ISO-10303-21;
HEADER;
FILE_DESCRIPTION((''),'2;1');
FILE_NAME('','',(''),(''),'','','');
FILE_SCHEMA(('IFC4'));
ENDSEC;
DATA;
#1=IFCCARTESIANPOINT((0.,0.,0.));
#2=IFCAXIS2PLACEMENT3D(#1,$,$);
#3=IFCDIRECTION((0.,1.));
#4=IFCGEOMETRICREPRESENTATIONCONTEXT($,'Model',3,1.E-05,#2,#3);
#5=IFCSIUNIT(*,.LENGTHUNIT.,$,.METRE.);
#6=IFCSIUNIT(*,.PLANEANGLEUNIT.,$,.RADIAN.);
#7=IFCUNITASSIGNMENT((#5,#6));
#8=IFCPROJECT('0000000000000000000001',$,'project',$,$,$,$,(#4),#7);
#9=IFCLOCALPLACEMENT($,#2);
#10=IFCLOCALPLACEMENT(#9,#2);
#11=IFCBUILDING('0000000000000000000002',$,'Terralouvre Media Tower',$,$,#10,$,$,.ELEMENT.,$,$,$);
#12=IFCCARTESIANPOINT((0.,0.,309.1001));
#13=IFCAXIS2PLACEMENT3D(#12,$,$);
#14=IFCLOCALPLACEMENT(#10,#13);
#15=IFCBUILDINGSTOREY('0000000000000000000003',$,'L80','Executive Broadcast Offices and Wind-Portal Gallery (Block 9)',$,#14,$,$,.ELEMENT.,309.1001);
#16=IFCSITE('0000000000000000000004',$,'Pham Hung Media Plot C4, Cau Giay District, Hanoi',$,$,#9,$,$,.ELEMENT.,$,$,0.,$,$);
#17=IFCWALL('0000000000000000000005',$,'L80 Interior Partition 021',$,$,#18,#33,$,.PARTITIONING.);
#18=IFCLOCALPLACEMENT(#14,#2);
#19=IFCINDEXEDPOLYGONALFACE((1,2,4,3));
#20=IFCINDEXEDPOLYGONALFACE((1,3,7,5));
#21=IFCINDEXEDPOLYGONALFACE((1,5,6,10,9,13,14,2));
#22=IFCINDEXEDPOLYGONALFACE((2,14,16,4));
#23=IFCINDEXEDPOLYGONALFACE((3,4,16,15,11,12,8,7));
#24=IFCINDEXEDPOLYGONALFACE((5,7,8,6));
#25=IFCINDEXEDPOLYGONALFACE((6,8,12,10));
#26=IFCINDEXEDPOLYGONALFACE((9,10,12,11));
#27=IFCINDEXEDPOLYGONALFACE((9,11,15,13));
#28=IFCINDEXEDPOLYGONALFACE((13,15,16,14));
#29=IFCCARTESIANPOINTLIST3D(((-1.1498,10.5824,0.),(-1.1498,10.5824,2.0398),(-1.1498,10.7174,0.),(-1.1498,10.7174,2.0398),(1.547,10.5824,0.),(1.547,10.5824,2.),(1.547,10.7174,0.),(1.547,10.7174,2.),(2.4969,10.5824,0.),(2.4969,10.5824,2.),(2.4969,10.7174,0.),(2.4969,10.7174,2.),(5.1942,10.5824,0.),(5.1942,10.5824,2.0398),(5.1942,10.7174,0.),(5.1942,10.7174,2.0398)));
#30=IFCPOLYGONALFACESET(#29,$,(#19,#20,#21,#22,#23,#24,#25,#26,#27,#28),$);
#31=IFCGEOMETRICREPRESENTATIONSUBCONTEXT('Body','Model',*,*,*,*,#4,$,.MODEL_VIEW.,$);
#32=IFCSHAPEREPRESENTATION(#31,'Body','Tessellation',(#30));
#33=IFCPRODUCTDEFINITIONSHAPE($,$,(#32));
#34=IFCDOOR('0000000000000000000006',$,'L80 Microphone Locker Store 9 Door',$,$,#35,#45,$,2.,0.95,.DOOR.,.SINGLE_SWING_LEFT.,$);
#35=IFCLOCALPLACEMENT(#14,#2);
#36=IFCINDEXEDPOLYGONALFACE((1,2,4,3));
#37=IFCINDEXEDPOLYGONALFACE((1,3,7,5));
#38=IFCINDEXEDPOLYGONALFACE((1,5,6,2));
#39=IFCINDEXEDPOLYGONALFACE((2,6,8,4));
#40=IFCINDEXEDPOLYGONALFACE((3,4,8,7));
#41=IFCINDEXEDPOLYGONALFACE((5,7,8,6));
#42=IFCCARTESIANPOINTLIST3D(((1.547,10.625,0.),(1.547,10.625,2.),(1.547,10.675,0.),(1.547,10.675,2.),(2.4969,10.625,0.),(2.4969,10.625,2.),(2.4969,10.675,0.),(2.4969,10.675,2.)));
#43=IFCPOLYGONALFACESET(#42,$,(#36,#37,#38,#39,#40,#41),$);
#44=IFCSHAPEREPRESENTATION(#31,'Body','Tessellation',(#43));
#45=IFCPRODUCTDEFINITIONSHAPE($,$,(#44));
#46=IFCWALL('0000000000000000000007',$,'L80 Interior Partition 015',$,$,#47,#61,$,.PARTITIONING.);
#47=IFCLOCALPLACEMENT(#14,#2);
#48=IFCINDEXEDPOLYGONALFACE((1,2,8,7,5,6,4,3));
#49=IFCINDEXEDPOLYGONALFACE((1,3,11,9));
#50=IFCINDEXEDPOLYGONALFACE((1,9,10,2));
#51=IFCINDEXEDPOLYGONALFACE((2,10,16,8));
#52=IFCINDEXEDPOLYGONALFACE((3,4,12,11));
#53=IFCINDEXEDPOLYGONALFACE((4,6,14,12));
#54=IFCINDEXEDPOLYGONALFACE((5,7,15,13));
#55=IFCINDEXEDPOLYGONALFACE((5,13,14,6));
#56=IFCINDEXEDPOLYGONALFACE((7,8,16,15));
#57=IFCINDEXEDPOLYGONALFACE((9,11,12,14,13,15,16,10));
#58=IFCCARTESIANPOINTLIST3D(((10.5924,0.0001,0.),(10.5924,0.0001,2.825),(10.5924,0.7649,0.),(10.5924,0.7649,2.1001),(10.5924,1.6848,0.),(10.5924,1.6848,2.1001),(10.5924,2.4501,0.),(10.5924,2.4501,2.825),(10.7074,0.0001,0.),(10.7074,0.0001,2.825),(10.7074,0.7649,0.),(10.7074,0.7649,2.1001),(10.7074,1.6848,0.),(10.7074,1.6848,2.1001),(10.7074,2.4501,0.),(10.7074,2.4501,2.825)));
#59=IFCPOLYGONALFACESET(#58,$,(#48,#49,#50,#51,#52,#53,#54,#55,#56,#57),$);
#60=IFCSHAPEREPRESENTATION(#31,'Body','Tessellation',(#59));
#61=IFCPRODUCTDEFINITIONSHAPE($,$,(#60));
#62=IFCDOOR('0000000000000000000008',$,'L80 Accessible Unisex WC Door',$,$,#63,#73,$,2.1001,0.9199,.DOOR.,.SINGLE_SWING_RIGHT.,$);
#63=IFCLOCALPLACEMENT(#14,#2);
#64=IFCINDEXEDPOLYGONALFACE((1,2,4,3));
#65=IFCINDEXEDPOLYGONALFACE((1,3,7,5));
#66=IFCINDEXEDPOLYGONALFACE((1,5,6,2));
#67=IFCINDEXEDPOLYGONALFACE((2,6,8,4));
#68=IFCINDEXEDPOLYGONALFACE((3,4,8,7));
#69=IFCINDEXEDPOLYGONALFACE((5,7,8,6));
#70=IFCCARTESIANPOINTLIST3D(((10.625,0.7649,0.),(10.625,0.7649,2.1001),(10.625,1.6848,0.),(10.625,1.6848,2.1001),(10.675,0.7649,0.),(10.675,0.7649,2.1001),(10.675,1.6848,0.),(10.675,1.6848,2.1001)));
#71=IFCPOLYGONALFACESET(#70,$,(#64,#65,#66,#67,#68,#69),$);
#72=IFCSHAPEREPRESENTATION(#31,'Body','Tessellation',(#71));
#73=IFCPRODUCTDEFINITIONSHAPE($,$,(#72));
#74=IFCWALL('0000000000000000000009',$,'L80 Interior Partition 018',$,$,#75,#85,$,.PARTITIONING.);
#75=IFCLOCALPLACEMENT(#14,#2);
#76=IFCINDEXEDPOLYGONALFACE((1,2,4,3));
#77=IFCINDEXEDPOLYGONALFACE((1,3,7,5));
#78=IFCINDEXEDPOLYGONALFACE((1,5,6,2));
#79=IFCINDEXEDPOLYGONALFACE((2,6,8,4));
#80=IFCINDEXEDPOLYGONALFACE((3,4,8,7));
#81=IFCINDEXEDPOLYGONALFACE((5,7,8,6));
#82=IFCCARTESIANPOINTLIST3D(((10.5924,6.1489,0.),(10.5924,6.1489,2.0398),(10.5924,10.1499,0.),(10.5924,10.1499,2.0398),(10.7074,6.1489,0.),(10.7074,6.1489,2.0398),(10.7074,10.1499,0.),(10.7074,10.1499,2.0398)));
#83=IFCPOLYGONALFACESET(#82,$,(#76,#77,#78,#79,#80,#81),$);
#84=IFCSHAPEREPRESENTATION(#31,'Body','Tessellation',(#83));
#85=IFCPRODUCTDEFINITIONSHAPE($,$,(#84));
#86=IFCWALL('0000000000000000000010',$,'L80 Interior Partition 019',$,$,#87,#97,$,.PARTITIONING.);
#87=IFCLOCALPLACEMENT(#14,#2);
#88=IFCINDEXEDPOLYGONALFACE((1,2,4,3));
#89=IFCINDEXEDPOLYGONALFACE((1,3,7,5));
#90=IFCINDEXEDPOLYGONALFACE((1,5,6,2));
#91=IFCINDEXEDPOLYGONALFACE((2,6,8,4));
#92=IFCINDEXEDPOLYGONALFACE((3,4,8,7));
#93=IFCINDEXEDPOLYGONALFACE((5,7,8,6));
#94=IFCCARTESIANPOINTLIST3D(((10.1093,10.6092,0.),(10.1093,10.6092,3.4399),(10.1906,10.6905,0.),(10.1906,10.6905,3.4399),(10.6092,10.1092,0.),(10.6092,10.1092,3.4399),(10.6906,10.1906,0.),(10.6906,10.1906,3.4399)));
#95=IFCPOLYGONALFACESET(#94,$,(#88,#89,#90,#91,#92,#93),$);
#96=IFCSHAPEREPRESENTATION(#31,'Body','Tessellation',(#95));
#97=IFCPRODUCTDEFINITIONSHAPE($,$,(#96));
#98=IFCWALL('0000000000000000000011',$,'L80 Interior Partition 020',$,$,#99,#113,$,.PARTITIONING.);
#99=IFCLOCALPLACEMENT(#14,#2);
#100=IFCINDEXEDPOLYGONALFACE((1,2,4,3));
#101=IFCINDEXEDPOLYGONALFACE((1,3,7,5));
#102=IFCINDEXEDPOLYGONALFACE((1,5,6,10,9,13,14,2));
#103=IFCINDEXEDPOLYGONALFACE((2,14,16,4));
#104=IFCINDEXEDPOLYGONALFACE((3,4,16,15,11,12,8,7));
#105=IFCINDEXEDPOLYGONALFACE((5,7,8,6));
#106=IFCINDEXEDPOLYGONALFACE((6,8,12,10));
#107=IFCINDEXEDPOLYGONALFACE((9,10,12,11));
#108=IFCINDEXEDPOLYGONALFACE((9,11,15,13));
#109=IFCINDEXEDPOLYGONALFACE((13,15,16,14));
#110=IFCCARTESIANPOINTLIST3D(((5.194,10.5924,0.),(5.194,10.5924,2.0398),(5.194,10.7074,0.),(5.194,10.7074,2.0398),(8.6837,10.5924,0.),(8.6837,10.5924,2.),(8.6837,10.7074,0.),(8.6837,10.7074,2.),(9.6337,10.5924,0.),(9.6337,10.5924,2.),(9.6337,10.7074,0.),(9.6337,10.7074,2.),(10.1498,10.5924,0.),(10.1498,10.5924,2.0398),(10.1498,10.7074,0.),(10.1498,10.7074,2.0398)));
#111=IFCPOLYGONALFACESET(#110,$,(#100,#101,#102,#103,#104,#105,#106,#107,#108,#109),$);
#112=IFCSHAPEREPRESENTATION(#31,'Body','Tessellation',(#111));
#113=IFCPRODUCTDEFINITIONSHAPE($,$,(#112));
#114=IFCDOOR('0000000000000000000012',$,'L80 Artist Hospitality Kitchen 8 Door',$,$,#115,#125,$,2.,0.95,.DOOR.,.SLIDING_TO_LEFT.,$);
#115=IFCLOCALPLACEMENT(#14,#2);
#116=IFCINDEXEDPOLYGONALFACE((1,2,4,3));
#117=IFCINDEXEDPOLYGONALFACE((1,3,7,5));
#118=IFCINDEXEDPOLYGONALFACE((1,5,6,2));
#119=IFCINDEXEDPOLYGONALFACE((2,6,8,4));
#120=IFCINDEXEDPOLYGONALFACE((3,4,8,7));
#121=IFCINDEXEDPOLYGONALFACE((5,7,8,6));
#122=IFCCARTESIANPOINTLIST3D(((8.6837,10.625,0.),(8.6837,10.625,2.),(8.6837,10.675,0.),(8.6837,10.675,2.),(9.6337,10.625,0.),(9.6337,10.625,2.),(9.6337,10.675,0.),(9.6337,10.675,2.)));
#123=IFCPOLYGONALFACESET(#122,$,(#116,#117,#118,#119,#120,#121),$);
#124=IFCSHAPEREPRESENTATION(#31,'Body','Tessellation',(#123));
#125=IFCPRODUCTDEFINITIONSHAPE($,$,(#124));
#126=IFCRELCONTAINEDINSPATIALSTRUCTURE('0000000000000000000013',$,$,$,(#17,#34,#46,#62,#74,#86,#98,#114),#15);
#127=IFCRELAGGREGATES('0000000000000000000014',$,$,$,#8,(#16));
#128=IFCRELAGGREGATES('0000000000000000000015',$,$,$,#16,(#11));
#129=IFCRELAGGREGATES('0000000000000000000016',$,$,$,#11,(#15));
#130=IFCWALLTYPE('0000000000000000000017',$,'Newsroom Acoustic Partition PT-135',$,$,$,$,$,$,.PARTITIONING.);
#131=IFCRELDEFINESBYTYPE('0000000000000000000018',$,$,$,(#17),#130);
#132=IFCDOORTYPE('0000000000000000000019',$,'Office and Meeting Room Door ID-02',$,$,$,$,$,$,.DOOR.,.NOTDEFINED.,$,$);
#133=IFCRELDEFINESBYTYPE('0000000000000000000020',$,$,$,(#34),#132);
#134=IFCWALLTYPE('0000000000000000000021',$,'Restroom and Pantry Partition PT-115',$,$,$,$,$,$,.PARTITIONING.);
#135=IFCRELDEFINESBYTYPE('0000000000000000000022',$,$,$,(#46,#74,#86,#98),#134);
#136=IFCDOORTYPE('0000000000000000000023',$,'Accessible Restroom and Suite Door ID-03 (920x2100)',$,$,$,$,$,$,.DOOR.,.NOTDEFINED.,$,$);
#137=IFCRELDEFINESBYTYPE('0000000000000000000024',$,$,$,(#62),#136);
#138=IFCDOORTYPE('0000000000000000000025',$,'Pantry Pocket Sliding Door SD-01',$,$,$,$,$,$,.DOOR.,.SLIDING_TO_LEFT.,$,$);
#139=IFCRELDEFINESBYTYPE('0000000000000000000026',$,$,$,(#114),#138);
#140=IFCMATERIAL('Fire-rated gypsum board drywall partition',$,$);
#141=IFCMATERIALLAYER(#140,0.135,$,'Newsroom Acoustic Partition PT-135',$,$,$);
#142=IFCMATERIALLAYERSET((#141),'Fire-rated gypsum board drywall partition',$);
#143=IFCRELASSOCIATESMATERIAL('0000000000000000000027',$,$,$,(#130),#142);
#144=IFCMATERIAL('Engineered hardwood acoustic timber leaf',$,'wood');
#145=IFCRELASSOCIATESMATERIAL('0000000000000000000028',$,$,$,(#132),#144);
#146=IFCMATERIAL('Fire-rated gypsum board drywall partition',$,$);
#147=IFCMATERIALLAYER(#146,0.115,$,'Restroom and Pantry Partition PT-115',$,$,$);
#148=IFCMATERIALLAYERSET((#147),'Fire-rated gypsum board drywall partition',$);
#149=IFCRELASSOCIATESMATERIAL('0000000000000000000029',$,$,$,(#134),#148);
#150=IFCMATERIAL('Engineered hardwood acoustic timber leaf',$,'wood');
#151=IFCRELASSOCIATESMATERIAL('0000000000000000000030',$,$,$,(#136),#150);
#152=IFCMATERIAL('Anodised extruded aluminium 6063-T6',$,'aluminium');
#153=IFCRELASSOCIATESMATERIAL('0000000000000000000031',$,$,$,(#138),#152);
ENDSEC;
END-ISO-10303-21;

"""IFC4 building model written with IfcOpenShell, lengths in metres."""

from ifc_helpers import new_model, si_unit, direction, frame, frame_2d, origin, place, context, subcontext, project, spatial, rectangle, extrude, material, layer, layer_set, type_object, element, fill, save


model = new_model("IFC4")

# Units and contexts
model_context = context("Model", 3, precision=1e-05, world=origin(), true_north=direction((0.0, 1.0)))
body_context = subcontext(model_context, "Body", "Model", "MODEL_VIEW")
ifc_project = project(units=[si_unit("LENGTHUNIT", "METRE"), si_unit("PLANEANGLEUNIT", "RADIAN")], contexts=[model_context])

# Site, building, storey
site_placement = place(None, origin())
site = spatial("IfcSite", under=ifc_project, at=site_placement, Name="Pham Hung Media Plot C4, Cau Giay District, Hanoi", CompositionType="ELEMENT", RefElevation=0.0)
building_placement = place(site_placement, origin())
building = spatial("IfcBuilding", under=site, at=building_placement, Name="Terralouvre Media Tower", CompositionType="ELEMENT")
storey_placement = place(building_placement, frame((0.0, 0.0, 309.1001)))
storey = spatial("IfcBuildingStorey", under=building, at=storey_placement, Name="L80", Description="Executive Broadcast Offices and Wind-Portal Gallery (Block 9)", CompositionType="ELEMENT", Elevation=309.1001)

# Walls, openings, doors
ifc_material_1 = material(Name="Fire-rated gypsum board drywall partition")
ifc_layer_1 = layer(ifc_material_1, 0.135, Name="Newsroom Acoustic Partition PT-135")
ifc_layer_set_1 = layer_set([ifc_layer_1], Name="Fire-rated gypsum board drywall partition")
wall_type_1 = type_object("IfcWallType", Name="Newsroom Acoustic Partition PT-135", PredefinedType="PARTITIONING", material=ifc_layer_set_1)
ifc_material_2 = material(Name="Engineered hardwood acoustic timber leaf", Category="wood")
door_type_1 = type_object("IfcDoorType", Name="Office and Meeting Room Door ID-02", OperationType="NOTDEFINED", PredefinedType="DOOR", material=ifc_material_2)
wall_1_placement = place(storey_placement, frame((5.1941, 10.6499, 0.0), z_axis=(0.0, 0.0, 1.0), x_axis=(-1.0, 0.0, 0.0)))
wall_1 = element("IfcWall", 1, at=wall_1_placement, inside=storey, type_object=wall_type_1, Name="L80 Interior Partition 021", PredefinedType="PARTITIONING", context=body_context, shape_type="SweptSolid", body=[
    extrude(rectangle(XDim=6.344, YDim=0.135, at=frame_2d((3.1719, 0.0))), origin(), (0.0, 0.0, 1.0), 2.0398),
])
opening_1_placement = place(wall_1_placement, frame((2.697, 0.0, 0.0)))
opening_1 = element("IfcOpeningElement", 2, at=opening_1_placement, cuts=wall_1, PredefinedType="OPENING", context=body_context, shape_type="SweptSolid", body=[
    extrude(rectangle(XDim=0.95, YDim=2.0, at=frame_2d((0.4751, 1.0))), frame((0.0, 0.0774, 0.0), z_axis=(0.0, -1.0, 0.0), x_axis=(1.0, 0.0, 0.0)), (0.0, 0.0, 1.0), 0.155),
])
door_1_placement = place(opening_1_placement, origin())
door_1 = element("IfcDoor", 3, at=door_1_placement, inside=storey, type_object=door_type_1, Name="L80 Microphone Locker Store 9 Door", OperationType="SINGLE_SWING_LEFT", OverallHeight=2.0, OverallWidth=0.95, PredefinedType="DOOR", context=body_context, shape_type="SweptSolid", body=[
    extrude(rectangle(XDim=0.95, YDim=2.0, at=frame_2d((0.4751, 1.0))), frame((0.0, 0.0249, 0.0), z_axis=(0.0, -1.0, 0.0), x_axis=(1.0, 0.0, 0.0)), (0.0, 0.0, 1.0), 0.05),
])
fill(opening_1, door_1)
ifc_material_3 = material(Name="Fire-rated gypsum board drywall partition")
ifc_layer_2 = layer(ifc_material_3, 0.115, Name="Restroom and Pantry Partition PT-115")
ifc_layer_set_2 = layer_set([ifc_layer_2], Name="Fire-rated gypsum board drywall partition")
wall_type_2 = type_object("IfcWallType", Name="Restroom and Pantry Partition PT-115", PredefinedType="PARTITIONING", material=ifc_layer_set_2)
wall_2_placement = place(storey_placement, frame((10.6499, 0.0, 0.0), z_axis=(0.0, 0.0, 1.0), x_axis=(0.0, 1.0, 0.0)))
wall_2 = element("IfcWall", 4, at=wall_2_placement, inside=storey, type_object=wall_type_2, Name="L80 Interior Partition 015", PredefinedType="PARTITIONING", context=body_context, shape_type="SweptSolid", body=[
    extrude(rectangle(XDim=2.45, YDim=0.115, at=frame_2d((1.2251, 0.0))), origin(), (0.0, 0.0, 1.0), 2.825),
])
opening_2_placement = place(wall_2_placement, frame((0.7649, 0.0, 0.0)))
opening_2 = element("IfcOpeningElement", 5, at=opening_2_placement, cuts=wall_2, PredefinedType="OPENING", context=body_context, shape_type="SweptSolid", body=[
    extrude(rectangle(XDim=0.9199, YDim=2.1001, at=frame_2d((0.46, 1.05))), frame((0.0, 0.0674, 0.0), z_axis=(0.0, -1.0, 0.0), x_axis=(1.0, 0.0, 0.0)), (0.0, 0.0, 1.0), 0.135),
])
ifc_material_4 = material(Name="Engineered hardwood acoustic timber leaf", Category="wood")
door_type_2 = type_object("IfcDoorType", Name="Accessible Restroom and Suite Door ID-03 (920x2100)", OperationType="NOTDEFINED", PredefinedType="DOOR", material=ifc_material_4)
door_2_placement = place(opening_2_placement, origin())
door_2 = element("IfcDoor", 6, at=door_2_placement, inside=storey, type_object=door_type_2, Name="L80 Accessible Unisex WC Door", OperationType="SINGLE_SWING_RIGHT", OverallHeight=2.1001, OverallWidth=0.9199, PredefinedType="DOOR", context=body_context, shape_type="SweptSolid", body=[
    extrude(rectangle(XDim=0.9199, YDim=2.1001, at=frame_2d((0.46, 1.05))), frame((0.0, 0.0249, 0.0), z_axis=(0.0, -1.0, 0.0), x_axis=(1.0, 0.0, 0.0)), (0.0, 0.0, 1.0), 0.05),
])
fill(opening_2, door_2)

# Walls
wall_3_placement = place(storey_placement, frame((10.6499, 6.1489, 0.0), z_axis=(0.0, 0.0, 1.0), x_axis=(0.0, 1.0, 0.0)))
element("IfcWall", 7, at=wall_3_placement, inside=storey, type_object=wall_type_2, Name="L80 Interior Partition 018", PredefinedType="PARTITIONING", context=body_context, shape_type="SweptSolid", body=[
    extrude(rectangle(XDim=4.001, YDim=0.115, at=frame_2d((2.0005, 0.0))), origin(), (0.0, 0.0, 1.0), 2.0398),
])
wall_4_placement = place(storey_placement, frame((10.6499, 10.1499, 0.0), z_axis=(0.0, 0.0, 1.0), x_axis=(-0.707107, 0.707107, 0.0)))
element("IfcWall", 8, at=wall_4_placement, inside=storey, type_object=wall_type_2, Name="L80 Interior Partition 019", PredefinedType="PARTITIONING", context=body_context, shape_type="SweptSolid", body=[
    extrude(rectangle(XDim=0.707, YDim=0.115, at=frame_2d((0.3535, 0.0))), origin(), (0.0, 0.0, 1.0), 3.4399),
])

# Wall, opening, door
wall_5_placement = place(storey_placement, frame((10.1499, 10.6499, 0.0), z_axis=(0.0, 0.0, 1.0), x_axis=(-1.0, 0.0, 0.0)))
wall_5 = element("IfcWall", 9, at=wall_5_placement, inside=storey, type_object=wall_type_2, Name="L80 Interior Partition 020", PredefinedType="PARTITIONING", context=body_context, shape_type="SweptSolid", body=[
    extrude(rectangle(XDim=4.9558, YDim=0.115, at=frame_2d((2.478, 0.0))), origin(), (0.0, 0.0, 1.0), 2.0398),
])
opening_3_placement = place(wall_5_placement, frame((0.5161, 0.0, 0.0)))
opening_3 = element("IfcOpeningElement", 10, at=opening_3_placement, cuts=wall_5, PredefinedType="OPENING", context=body_context, shape_type="SweptSolid", body=[
    extrude(rectangle(XDim=0.95, YDim=2.0, at=frame_2d((0.4751, 1.0))), frame((0.0, 0.0674, 0.0), z_axis=(0.0, -1.0, 0.0), x_axis=(1.0, 0.0, 0.0)), (0.0, 0.0, 1.0), 0.135),
])
ifc_material_5 = material(Name="Anodised extruded aluminium 6063-T6", Category="aluminium")
door_type_3 = type_object("IfcDoorType", Name="Pantry Pocket Sliding Door SD-01", OperationType="SLIDING_TO_LEFT", PredefinedType="DOOR", material=ifc_material_5)
door_3_placement = place(opening_3_placement, origin())
door_3 = element("IfcDoor", 11, at=door_3_placement, inside=storey, type_object=door_type_3, Name="L80 Artist Hospitality Kitchen 8 Door", OperationType="SLIDING_TO_LEFT", OverallHeight=2.0, OverallWidth=0.95, PredefinedType="DOOR", context=body_context, shape_type="SweptSolid", body=[
    extrude(rectangle(XDim=0.95, YDim=2.0, at=frame_2d((0.4751, 1.0))), frame((0.0, 0.0249, 0.0), z_axis=(0.0, -1.0, 0.0), x_axis=(1.0, 0.0, 0.0)), (0.0, 0.0, 1.0), 0.05),
])
fill(opening_3, door_3)

save(model, "model.ifc")
